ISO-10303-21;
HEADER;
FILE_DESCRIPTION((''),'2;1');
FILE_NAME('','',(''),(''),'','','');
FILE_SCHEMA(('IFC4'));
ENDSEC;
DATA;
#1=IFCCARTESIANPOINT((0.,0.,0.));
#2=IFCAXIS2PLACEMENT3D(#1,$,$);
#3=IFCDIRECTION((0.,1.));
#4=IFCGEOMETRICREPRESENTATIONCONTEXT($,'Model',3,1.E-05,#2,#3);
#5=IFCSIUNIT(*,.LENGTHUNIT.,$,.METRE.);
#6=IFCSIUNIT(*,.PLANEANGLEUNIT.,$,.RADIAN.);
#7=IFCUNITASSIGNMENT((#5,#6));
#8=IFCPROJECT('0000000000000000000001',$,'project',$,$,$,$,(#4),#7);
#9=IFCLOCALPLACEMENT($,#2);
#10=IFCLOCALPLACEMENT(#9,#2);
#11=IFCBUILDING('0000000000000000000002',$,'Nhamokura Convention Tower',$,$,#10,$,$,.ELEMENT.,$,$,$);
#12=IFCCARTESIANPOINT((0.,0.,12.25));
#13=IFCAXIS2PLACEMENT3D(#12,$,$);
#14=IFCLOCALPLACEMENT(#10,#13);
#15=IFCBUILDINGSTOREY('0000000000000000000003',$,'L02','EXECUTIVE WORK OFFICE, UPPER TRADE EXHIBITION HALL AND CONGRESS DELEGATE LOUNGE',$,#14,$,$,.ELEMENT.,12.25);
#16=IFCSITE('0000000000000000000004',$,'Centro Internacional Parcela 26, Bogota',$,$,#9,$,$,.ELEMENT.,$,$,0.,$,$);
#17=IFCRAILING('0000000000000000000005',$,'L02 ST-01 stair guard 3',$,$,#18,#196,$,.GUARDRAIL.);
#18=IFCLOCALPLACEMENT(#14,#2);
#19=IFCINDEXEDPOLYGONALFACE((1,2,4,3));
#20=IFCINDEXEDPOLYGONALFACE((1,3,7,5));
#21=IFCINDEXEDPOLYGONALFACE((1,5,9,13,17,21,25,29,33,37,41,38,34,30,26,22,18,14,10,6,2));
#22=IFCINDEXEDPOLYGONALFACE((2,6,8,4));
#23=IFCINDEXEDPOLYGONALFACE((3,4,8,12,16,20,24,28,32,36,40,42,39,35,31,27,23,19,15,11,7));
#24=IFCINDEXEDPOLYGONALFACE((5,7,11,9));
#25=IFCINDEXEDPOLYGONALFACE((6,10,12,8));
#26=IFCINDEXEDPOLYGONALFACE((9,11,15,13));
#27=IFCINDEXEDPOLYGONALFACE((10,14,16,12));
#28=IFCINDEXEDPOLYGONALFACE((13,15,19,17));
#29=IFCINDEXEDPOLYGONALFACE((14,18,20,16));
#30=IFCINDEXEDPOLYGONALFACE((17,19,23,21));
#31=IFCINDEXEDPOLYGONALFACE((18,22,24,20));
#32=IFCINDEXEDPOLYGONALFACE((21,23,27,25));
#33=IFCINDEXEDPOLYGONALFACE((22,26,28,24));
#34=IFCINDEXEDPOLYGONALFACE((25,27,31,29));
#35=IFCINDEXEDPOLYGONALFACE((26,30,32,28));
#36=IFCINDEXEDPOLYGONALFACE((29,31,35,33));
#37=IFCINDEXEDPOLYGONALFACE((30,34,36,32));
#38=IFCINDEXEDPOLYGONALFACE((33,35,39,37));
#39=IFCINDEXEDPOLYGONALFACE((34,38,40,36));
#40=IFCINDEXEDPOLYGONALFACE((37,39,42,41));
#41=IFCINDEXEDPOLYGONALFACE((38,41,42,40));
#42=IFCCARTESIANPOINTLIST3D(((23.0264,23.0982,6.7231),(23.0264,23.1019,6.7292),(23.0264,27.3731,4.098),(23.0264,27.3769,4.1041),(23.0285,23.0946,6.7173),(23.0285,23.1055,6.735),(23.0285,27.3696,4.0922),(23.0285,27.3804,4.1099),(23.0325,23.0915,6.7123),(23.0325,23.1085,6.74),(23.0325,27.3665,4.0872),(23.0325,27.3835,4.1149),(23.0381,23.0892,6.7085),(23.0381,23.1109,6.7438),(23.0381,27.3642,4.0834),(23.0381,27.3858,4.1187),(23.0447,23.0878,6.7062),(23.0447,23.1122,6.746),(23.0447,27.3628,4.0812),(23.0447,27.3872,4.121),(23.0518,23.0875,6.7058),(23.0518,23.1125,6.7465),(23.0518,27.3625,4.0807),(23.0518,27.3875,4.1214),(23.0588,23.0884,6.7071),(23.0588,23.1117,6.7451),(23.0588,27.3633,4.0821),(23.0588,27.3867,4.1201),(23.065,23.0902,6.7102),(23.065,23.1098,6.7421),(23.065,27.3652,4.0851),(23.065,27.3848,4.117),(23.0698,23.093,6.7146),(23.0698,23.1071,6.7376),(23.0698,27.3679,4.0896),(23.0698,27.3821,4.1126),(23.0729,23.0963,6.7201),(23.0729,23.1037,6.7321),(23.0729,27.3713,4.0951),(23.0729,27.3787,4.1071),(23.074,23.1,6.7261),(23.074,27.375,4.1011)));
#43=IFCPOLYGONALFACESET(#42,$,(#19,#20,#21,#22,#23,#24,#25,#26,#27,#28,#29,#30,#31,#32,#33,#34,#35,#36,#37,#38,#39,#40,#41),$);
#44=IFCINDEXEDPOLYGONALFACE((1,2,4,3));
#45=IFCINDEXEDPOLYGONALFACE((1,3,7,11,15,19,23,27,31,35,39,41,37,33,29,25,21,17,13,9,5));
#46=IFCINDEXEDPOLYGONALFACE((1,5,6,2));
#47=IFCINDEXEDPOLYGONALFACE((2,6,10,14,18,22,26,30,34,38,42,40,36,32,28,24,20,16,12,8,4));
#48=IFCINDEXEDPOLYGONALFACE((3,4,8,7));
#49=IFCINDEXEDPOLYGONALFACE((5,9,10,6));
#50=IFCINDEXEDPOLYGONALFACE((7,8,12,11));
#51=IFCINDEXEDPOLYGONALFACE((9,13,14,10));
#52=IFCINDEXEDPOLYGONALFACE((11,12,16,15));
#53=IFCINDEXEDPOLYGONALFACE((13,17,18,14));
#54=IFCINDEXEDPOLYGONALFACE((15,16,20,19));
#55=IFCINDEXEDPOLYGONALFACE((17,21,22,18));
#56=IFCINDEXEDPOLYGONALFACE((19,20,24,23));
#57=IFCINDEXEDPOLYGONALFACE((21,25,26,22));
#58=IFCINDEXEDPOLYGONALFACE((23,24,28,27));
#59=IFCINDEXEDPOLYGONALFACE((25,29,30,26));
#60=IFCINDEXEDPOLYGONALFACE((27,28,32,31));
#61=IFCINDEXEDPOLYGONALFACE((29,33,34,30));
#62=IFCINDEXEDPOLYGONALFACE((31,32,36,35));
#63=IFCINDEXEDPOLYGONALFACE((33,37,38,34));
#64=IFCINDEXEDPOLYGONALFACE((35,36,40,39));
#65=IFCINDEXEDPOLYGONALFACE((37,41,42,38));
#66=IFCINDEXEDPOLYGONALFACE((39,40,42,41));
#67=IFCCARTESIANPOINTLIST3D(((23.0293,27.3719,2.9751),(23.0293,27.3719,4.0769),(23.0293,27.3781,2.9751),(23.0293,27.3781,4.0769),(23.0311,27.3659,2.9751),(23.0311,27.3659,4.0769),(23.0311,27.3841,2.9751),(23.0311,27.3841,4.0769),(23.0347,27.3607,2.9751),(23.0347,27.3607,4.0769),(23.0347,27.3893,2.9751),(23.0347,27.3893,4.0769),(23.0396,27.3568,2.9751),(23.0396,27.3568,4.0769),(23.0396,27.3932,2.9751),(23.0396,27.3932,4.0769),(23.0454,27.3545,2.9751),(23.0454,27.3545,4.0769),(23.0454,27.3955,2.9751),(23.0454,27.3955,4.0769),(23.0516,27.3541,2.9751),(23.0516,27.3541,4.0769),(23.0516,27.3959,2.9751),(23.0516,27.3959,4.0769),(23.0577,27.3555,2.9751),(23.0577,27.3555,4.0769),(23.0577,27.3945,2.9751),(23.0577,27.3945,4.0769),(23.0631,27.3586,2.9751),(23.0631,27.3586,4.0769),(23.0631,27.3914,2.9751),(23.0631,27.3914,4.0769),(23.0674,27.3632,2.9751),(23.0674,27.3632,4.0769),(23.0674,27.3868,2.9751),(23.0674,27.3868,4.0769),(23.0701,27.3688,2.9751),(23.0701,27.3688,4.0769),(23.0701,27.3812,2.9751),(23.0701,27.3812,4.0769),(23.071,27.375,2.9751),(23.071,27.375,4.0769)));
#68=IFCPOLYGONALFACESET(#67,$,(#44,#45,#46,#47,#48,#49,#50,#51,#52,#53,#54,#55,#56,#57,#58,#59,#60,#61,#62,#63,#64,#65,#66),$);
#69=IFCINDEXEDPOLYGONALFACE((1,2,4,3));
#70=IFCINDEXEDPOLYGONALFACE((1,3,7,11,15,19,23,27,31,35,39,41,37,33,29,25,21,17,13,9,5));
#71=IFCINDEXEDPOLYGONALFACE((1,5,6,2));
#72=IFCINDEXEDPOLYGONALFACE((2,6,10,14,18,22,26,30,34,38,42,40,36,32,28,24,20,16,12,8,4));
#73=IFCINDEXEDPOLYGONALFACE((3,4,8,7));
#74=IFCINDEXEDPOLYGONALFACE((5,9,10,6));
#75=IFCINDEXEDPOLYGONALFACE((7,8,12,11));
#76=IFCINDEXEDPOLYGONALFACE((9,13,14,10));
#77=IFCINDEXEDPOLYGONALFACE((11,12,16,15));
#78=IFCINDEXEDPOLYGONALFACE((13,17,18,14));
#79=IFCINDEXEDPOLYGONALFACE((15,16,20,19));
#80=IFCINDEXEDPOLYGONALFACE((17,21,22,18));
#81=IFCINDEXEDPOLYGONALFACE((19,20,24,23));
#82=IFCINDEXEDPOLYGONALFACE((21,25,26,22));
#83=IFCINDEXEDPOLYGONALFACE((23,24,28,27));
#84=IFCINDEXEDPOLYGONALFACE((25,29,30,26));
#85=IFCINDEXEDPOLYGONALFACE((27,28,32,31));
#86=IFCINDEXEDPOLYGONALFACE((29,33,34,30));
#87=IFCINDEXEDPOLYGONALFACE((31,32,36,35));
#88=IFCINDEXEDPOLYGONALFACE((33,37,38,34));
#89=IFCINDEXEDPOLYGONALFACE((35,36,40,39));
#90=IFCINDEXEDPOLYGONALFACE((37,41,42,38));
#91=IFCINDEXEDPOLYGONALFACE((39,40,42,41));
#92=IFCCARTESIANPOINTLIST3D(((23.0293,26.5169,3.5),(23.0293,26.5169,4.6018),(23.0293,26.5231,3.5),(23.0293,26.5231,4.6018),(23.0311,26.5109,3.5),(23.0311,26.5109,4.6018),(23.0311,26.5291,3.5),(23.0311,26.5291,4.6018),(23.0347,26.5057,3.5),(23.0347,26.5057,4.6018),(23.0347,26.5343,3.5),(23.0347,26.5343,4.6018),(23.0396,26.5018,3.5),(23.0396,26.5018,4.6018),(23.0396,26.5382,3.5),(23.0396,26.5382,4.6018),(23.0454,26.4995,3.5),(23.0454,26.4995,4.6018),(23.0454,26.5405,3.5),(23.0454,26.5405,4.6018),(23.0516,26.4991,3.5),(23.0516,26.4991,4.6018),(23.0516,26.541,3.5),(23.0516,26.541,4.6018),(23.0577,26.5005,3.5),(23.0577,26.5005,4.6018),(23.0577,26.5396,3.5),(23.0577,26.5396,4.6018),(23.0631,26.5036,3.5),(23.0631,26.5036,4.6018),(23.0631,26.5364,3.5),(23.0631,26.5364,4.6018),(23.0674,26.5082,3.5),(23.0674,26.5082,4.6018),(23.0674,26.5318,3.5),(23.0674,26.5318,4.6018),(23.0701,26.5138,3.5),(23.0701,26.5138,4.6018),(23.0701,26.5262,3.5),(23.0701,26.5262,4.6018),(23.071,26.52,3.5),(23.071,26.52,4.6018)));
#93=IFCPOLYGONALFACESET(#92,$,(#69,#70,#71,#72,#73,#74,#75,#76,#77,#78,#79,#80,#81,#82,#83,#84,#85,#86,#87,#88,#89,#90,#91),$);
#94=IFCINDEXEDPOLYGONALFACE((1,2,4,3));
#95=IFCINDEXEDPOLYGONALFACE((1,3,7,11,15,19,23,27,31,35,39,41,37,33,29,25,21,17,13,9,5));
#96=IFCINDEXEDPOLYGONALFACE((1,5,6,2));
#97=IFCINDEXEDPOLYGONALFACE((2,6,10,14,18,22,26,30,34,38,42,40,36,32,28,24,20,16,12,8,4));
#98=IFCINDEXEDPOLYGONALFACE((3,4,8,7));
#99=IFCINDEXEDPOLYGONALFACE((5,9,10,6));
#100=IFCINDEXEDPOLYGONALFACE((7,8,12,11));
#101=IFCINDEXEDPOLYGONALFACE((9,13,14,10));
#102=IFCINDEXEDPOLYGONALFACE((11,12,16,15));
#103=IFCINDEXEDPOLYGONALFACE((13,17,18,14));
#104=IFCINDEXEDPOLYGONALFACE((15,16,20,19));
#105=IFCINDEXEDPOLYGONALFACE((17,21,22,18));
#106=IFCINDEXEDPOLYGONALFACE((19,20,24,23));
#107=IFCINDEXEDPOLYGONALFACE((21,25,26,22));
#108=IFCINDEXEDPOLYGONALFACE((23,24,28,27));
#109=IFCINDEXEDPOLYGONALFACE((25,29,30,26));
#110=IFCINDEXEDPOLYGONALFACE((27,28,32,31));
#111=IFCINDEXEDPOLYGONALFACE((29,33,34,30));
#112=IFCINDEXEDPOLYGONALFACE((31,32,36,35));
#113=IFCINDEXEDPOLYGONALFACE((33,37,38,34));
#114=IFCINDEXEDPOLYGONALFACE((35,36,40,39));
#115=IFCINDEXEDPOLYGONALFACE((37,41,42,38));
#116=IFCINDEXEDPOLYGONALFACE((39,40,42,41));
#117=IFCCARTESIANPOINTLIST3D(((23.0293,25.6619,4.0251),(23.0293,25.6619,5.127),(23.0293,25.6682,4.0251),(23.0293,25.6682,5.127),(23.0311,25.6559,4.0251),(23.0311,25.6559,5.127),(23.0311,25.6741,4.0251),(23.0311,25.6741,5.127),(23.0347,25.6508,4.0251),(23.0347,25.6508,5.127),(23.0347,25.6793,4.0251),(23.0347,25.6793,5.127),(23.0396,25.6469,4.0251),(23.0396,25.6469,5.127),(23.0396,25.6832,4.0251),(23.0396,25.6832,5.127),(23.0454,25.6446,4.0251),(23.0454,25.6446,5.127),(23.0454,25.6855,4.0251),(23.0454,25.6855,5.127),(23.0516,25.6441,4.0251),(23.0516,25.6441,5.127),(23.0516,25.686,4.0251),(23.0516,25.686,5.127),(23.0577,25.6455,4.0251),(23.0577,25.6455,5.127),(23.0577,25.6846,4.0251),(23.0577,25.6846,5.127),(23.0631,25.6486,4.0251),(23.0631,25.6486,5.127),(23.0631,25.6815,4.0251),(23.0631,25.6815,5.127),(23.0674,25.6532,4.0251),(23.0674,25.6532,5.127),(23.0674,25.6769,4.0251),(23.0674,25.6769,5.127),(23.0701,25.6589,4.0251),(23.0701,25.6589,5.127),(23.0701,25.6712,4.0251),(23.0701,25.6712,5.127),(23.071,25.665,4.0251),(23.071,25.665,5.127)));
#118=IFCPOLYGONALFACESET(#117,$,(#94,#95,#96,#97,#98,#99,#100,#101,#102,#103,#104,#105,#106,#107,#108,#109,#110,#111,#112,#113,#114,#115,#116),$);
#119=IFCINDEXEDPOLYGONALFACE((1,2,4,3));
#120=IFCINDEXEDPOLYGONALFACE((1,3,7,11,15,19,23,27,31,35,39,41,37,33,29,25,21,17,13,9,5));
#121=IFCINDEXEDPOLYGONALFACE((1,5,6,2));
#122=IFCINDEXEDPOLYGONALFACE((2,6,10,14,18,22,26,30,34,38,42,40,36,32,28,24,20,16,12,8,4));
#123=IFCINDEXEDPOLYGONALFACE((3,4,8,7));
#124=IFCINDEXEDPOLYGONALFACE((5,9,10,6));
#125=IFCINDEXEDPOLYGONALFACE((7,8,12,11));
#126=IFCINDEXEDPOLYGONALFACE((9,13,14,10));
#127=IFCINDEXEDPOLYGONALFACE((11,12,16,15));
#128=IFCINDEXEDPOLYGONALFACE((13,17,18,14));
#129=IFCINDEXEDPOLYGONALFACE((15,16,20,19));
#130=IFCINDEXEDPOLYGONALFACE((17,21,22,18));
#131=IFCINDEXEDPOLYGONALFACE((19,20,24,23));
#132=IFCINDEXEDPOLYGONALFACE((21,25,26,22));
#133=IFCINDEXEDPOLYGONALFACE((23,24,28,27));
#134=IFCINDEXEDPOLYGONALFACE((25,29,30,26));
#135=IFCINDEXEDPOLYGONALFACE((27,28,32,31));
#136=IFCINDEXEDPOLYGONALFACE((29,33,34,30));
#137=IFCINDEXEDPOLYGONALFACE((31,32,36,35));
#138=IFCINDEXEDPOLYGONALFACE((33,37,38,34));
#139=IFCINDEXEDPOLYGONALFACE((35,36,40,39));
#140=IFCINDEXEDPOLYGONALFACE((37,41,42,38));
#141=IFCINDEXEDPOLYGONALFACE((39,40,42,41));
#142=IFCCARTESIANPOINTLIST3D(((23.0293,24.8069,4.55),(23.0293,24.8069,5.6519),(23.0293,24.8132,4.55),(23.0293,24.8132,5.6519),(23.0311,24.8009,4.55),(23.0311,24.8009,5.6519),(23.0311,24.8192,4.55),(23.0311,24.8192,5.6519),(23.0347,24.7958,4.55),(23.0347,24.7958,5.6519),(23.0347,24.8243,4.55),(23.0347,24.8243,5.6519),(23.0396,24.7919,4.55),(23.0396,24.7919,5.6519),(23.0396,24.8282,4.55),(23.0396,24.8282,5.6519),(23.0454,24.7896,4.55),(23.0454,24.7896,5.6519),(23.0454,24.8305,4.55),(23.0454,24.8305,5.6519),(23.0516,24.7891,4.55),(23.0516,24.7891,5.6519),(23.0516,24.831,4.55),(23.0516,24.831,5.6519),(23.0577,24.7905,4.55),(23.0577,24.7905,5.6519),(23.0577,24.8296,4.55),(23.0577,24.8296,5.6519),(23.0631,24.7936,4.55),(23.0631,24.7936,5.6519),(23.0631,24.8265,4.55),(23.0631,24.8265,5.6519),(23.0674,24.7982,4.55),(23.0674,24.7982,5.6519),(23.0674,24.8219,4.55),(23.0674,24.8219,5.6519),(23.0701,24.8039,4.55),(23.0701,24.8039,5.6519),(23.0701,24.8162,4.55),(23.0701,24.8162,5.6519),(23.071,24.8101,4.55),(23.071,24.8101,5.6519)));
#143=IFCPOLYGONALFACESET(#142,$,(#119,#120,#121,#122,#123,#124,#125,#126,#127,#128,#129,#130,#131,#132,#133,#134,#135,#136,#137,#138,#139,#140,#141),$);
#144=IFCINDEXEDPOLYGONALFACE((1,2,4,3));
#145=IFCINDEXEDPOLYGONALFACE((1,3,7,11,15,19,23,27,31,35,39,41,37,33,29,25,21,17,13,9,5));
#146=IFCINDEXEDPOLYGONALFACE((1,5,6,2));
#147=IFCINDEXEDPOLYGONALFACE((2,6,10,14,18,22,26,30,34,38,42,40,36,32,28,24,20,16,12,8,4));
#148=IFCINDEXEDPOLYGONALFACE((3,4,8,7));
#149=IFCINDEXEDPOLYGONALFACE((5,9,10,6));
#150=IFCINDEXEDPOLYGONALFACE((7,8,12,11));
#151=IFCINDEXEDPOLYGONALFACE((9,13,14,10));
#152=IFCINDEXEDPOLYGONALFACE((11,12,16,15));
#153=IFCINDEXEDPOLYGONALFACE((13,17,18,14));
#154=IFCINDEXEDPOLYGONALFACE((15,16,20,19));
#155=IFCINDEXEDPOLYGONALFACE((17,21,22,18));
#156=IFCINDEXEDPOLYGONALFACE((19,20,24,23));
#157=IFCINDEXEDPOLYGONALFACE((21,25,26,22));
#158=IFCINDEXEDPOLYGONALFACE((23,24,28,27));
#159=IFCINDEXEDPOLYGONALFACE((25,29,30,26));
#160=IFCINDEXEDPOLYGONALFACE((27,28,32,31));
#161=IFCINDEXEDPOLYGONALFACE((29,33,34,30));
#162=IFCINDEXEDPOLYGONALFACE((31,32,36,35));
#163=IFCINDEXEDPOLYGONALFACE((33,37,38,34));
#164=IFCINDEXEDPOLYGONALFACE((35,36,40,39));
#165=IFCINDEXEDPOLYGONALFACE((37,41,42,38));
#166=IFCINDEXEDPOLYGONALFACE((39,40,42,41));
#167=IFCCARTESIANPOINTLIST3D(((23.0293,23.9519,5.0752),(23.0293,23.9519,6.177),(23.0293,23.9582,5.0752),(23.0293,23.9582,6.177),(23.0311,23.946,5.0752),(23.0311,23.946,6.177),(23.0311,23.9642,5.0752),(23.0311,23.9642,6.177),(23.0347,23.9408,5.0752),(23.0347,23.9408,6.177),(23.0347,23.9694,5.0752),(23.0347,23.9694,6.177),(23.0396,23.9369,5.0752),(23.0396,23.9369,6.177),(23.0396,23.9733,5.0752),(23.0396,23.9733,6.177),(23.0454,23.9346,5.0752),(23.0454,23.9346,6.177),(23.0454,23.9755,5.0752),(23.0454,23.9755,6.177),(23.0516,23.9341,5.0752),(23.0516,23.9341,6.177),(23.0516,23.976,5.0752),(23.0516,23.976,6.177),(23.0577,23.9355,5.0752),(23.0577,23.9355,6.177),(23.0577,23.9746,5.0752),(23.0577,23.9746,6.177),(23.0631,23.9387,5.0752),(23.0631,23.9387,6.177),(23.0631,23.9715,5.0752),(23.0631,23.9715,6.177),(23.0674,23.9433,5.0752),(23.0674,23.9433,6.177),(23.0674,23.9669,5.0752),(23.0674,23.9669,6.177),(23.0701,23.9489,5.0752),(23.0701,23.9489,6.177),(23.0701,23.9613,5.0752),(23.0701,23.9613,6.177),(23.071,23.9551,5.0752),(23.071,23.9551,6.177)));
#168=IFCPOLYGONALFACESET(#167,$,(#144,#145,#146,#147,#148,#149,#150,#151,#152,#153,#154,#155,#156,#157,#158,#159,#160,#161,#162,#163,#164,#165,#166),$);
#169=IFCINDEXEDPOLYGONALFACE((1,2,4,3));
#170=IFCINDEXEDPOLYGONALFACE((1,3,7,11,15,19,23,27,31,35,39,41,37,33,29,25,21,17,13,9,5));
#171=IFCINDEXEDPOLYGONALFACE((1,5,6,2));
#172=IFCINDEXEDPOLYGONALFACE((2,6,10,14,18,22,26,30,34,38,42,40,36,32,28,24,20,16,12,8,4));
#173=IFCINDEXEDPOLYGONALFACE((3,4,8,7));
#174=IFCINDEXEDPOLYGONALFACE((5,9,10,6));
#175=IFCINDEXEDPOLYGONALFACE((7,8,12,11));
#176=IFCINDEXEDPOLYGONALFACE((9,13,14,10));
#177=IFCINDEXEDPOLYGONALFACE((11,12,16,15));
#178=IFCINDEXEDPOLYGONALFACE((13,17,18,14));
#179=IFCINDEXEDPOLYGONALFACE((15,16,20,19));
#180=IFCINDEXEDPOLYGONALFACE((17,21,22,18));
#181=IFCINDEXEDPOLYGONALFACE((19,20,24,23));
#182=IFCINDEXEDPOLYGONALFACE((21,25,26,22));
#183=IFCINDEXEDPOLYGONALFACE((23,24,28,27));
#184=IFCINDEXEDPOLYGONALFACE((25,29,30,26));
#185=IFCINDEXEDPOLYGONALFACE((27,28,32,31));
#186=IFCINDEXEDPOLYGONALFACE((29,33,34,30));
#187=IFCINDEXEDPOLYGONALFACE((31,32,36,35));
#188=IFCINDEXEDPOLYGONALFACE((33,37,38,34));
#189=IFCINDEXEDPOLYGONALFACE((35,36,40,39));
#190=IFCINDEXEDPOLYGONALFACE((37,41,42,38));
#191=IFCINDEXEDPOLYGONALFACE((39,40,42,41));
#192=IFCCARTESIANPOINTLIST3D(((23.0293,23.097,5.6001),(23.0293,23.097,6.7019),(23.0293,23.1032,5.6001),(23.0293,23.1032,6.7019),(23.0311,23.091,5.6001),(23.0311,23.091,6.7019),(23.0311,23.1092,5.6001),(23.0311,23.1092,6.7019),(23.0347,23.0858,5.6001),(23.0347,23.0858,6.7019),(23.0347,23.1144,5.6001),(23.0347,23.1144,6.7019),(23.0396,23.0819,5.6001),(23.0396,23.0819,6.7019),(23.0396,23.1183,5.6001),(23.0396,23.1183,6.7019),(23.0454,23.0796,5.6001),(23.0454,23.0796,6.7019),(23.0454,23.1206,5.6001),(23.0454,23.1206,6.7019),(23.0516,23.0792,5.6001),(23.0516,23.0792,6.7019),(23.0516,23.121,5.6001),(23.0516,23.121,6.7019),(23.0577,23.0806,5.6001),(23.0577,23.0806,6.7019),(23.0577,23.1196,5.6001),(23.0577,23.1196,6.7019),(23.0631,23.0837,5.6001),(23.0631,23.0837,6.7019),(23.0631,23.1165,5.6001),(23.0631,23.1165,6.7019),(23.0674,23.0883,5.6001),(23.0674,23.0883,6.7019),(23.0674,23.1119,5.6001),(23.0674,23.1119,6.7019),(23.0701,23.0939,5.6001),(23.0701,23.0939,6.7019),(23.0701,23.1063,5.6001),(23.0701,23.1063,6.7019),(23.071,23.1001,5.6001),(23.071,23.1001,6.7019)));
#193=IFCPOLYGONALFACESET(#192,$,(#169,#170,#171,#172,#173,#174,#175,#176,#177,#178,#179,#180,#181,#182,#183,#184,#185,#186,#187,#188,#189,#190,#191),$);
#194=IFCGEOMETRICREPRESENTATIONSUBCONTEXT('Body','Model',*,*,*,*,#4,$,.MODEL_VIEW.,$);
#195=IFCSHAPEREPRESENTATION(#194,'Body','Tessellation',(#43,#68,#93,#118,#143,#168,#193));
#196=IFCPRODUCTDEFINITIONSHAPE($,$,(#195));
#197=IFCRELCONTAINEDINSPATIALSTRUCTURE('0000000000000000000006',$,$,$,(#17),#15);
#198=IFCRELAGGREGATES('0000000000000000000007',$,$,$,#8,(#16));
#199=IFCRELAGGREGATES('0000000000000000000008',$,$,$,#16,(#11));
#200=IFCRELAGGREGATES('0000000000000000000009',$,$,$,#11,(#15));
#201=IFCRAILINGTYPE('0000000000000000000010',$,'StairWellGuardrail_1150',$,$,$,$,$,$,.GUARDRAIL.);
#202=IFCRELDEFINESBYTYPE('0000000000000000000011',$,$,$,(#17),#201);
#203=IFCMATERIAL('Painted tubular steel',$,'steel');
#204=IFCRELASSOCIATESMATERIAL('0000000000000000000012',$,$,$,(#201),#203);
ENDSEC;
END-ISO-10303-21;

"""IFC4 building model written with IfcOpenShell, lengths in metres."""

from ifc_helpers import new_model, si_unit, direction, frame, origin, origin_2d, place, context, subcontext, project, spatial, circle, extrude, material, type_object, element, save


model = new_model("IFC4")

# Units and contexts
model_context = context("Model", 3, precision=1e-05, world=origin(), true_north=direction((0.0, 1.0)))
body_context = subcontext(model_context, "Body", "Model", "MODEL_VIEW")
ifc_project = project(units=[si_unit("LENGTHUNIT", "METRE"), si_unit("PLANEANGLEUNIT", "RADIAN")], contexts=[model_context])

# Site, building, storey
site_placement = place(None, origin())
site = spatial("IfcSite", under=ifc_project, at=site_placement, Name="Centro Internacional Parcela 26, Bogota", CompositionType="ELEMENT", RefElevation=0.0)
building_placement = place(site_placement, origin())
building = spatial("IfcBuilding", under=site, at=building_placement, Name="Nhamokura Convention Tower", CompositionType="ELEMENT")
storey_placement = place(building_placement, frame((0.0, 0.0, 12.25)))
storey = spatial("IfcBuildingStorey", under=building, at=storey_placement, Name="L02", Description="EXECUTIVE WORK OFFICE, UPPER TRADE EXHIBITION HALL AND CONGRESS DELEGATE LOUNGE", CompositionType="ELEMENT", Elevation=12.25)

# Railing
ifc_material_1 = material(Name="Painted tubular steel", Category="steel")
railing_type_1 = type_object("IfcRailingType", Name="StairWellGuardrail_1150", PredefinedType="GUARDRAIL", material=ifc_material_1)
railing_1_placement = place(storey_placement, frame((23.05, 27.375, 2.9751)))
element("IfcRailing", 1, at=railing_1_placement, inside=storey, type_object=railing_type_1, Name="L02 ST-01 stair guard 3", PredefinedType="GUARDRAIL", context=body_context, shape_type="SweptSolid", body=[
    extrude(circle(Radius=0.0239, at=origin_2d()), frame((0.0, 0.0, 1.126), z_axis=(0.0, -0.852166, 0.523272), x_axis=(1.0, 0.0, 0.0)), (0.0, 0.0, 1.0), 5.0166),
    extrude(circle(Radius=0.021, at=origin_2d()), origin(), (0.0, 0.0, 1.0), 1.1018),
    extrude(circle(Radius=0.021, at=origin_2d()), frame((0.0, -0.855, 0.5249)), (0.0, 0.0, 1.0), 1.1018),
    extrude(circle(Radius=0.021, at=origin_2d()), frame((0.0, -1.71, 1.05)), (0.0, 0.0, 1.0), 1.1018),
    extrude(circle(Radius=0.021, at=origin_2d()), frame((0.0, -2.5649, 1.575)), (0.0, 0.0, 1.0), 1.1018),
    extrude(circle(Radius=0.021, at=origin_2d()), frame((0.0, -3.4199, 2.1001)), (0.0, 0.0, 1.0), 1.1018),
    extrude(circle(Radius=0.021, at=origin_2d()), frame((0.0, -4.2749, 2.625)), (0.0, 0.0, 1.0), 1.1018),
])

save(model, "model.ifc")
